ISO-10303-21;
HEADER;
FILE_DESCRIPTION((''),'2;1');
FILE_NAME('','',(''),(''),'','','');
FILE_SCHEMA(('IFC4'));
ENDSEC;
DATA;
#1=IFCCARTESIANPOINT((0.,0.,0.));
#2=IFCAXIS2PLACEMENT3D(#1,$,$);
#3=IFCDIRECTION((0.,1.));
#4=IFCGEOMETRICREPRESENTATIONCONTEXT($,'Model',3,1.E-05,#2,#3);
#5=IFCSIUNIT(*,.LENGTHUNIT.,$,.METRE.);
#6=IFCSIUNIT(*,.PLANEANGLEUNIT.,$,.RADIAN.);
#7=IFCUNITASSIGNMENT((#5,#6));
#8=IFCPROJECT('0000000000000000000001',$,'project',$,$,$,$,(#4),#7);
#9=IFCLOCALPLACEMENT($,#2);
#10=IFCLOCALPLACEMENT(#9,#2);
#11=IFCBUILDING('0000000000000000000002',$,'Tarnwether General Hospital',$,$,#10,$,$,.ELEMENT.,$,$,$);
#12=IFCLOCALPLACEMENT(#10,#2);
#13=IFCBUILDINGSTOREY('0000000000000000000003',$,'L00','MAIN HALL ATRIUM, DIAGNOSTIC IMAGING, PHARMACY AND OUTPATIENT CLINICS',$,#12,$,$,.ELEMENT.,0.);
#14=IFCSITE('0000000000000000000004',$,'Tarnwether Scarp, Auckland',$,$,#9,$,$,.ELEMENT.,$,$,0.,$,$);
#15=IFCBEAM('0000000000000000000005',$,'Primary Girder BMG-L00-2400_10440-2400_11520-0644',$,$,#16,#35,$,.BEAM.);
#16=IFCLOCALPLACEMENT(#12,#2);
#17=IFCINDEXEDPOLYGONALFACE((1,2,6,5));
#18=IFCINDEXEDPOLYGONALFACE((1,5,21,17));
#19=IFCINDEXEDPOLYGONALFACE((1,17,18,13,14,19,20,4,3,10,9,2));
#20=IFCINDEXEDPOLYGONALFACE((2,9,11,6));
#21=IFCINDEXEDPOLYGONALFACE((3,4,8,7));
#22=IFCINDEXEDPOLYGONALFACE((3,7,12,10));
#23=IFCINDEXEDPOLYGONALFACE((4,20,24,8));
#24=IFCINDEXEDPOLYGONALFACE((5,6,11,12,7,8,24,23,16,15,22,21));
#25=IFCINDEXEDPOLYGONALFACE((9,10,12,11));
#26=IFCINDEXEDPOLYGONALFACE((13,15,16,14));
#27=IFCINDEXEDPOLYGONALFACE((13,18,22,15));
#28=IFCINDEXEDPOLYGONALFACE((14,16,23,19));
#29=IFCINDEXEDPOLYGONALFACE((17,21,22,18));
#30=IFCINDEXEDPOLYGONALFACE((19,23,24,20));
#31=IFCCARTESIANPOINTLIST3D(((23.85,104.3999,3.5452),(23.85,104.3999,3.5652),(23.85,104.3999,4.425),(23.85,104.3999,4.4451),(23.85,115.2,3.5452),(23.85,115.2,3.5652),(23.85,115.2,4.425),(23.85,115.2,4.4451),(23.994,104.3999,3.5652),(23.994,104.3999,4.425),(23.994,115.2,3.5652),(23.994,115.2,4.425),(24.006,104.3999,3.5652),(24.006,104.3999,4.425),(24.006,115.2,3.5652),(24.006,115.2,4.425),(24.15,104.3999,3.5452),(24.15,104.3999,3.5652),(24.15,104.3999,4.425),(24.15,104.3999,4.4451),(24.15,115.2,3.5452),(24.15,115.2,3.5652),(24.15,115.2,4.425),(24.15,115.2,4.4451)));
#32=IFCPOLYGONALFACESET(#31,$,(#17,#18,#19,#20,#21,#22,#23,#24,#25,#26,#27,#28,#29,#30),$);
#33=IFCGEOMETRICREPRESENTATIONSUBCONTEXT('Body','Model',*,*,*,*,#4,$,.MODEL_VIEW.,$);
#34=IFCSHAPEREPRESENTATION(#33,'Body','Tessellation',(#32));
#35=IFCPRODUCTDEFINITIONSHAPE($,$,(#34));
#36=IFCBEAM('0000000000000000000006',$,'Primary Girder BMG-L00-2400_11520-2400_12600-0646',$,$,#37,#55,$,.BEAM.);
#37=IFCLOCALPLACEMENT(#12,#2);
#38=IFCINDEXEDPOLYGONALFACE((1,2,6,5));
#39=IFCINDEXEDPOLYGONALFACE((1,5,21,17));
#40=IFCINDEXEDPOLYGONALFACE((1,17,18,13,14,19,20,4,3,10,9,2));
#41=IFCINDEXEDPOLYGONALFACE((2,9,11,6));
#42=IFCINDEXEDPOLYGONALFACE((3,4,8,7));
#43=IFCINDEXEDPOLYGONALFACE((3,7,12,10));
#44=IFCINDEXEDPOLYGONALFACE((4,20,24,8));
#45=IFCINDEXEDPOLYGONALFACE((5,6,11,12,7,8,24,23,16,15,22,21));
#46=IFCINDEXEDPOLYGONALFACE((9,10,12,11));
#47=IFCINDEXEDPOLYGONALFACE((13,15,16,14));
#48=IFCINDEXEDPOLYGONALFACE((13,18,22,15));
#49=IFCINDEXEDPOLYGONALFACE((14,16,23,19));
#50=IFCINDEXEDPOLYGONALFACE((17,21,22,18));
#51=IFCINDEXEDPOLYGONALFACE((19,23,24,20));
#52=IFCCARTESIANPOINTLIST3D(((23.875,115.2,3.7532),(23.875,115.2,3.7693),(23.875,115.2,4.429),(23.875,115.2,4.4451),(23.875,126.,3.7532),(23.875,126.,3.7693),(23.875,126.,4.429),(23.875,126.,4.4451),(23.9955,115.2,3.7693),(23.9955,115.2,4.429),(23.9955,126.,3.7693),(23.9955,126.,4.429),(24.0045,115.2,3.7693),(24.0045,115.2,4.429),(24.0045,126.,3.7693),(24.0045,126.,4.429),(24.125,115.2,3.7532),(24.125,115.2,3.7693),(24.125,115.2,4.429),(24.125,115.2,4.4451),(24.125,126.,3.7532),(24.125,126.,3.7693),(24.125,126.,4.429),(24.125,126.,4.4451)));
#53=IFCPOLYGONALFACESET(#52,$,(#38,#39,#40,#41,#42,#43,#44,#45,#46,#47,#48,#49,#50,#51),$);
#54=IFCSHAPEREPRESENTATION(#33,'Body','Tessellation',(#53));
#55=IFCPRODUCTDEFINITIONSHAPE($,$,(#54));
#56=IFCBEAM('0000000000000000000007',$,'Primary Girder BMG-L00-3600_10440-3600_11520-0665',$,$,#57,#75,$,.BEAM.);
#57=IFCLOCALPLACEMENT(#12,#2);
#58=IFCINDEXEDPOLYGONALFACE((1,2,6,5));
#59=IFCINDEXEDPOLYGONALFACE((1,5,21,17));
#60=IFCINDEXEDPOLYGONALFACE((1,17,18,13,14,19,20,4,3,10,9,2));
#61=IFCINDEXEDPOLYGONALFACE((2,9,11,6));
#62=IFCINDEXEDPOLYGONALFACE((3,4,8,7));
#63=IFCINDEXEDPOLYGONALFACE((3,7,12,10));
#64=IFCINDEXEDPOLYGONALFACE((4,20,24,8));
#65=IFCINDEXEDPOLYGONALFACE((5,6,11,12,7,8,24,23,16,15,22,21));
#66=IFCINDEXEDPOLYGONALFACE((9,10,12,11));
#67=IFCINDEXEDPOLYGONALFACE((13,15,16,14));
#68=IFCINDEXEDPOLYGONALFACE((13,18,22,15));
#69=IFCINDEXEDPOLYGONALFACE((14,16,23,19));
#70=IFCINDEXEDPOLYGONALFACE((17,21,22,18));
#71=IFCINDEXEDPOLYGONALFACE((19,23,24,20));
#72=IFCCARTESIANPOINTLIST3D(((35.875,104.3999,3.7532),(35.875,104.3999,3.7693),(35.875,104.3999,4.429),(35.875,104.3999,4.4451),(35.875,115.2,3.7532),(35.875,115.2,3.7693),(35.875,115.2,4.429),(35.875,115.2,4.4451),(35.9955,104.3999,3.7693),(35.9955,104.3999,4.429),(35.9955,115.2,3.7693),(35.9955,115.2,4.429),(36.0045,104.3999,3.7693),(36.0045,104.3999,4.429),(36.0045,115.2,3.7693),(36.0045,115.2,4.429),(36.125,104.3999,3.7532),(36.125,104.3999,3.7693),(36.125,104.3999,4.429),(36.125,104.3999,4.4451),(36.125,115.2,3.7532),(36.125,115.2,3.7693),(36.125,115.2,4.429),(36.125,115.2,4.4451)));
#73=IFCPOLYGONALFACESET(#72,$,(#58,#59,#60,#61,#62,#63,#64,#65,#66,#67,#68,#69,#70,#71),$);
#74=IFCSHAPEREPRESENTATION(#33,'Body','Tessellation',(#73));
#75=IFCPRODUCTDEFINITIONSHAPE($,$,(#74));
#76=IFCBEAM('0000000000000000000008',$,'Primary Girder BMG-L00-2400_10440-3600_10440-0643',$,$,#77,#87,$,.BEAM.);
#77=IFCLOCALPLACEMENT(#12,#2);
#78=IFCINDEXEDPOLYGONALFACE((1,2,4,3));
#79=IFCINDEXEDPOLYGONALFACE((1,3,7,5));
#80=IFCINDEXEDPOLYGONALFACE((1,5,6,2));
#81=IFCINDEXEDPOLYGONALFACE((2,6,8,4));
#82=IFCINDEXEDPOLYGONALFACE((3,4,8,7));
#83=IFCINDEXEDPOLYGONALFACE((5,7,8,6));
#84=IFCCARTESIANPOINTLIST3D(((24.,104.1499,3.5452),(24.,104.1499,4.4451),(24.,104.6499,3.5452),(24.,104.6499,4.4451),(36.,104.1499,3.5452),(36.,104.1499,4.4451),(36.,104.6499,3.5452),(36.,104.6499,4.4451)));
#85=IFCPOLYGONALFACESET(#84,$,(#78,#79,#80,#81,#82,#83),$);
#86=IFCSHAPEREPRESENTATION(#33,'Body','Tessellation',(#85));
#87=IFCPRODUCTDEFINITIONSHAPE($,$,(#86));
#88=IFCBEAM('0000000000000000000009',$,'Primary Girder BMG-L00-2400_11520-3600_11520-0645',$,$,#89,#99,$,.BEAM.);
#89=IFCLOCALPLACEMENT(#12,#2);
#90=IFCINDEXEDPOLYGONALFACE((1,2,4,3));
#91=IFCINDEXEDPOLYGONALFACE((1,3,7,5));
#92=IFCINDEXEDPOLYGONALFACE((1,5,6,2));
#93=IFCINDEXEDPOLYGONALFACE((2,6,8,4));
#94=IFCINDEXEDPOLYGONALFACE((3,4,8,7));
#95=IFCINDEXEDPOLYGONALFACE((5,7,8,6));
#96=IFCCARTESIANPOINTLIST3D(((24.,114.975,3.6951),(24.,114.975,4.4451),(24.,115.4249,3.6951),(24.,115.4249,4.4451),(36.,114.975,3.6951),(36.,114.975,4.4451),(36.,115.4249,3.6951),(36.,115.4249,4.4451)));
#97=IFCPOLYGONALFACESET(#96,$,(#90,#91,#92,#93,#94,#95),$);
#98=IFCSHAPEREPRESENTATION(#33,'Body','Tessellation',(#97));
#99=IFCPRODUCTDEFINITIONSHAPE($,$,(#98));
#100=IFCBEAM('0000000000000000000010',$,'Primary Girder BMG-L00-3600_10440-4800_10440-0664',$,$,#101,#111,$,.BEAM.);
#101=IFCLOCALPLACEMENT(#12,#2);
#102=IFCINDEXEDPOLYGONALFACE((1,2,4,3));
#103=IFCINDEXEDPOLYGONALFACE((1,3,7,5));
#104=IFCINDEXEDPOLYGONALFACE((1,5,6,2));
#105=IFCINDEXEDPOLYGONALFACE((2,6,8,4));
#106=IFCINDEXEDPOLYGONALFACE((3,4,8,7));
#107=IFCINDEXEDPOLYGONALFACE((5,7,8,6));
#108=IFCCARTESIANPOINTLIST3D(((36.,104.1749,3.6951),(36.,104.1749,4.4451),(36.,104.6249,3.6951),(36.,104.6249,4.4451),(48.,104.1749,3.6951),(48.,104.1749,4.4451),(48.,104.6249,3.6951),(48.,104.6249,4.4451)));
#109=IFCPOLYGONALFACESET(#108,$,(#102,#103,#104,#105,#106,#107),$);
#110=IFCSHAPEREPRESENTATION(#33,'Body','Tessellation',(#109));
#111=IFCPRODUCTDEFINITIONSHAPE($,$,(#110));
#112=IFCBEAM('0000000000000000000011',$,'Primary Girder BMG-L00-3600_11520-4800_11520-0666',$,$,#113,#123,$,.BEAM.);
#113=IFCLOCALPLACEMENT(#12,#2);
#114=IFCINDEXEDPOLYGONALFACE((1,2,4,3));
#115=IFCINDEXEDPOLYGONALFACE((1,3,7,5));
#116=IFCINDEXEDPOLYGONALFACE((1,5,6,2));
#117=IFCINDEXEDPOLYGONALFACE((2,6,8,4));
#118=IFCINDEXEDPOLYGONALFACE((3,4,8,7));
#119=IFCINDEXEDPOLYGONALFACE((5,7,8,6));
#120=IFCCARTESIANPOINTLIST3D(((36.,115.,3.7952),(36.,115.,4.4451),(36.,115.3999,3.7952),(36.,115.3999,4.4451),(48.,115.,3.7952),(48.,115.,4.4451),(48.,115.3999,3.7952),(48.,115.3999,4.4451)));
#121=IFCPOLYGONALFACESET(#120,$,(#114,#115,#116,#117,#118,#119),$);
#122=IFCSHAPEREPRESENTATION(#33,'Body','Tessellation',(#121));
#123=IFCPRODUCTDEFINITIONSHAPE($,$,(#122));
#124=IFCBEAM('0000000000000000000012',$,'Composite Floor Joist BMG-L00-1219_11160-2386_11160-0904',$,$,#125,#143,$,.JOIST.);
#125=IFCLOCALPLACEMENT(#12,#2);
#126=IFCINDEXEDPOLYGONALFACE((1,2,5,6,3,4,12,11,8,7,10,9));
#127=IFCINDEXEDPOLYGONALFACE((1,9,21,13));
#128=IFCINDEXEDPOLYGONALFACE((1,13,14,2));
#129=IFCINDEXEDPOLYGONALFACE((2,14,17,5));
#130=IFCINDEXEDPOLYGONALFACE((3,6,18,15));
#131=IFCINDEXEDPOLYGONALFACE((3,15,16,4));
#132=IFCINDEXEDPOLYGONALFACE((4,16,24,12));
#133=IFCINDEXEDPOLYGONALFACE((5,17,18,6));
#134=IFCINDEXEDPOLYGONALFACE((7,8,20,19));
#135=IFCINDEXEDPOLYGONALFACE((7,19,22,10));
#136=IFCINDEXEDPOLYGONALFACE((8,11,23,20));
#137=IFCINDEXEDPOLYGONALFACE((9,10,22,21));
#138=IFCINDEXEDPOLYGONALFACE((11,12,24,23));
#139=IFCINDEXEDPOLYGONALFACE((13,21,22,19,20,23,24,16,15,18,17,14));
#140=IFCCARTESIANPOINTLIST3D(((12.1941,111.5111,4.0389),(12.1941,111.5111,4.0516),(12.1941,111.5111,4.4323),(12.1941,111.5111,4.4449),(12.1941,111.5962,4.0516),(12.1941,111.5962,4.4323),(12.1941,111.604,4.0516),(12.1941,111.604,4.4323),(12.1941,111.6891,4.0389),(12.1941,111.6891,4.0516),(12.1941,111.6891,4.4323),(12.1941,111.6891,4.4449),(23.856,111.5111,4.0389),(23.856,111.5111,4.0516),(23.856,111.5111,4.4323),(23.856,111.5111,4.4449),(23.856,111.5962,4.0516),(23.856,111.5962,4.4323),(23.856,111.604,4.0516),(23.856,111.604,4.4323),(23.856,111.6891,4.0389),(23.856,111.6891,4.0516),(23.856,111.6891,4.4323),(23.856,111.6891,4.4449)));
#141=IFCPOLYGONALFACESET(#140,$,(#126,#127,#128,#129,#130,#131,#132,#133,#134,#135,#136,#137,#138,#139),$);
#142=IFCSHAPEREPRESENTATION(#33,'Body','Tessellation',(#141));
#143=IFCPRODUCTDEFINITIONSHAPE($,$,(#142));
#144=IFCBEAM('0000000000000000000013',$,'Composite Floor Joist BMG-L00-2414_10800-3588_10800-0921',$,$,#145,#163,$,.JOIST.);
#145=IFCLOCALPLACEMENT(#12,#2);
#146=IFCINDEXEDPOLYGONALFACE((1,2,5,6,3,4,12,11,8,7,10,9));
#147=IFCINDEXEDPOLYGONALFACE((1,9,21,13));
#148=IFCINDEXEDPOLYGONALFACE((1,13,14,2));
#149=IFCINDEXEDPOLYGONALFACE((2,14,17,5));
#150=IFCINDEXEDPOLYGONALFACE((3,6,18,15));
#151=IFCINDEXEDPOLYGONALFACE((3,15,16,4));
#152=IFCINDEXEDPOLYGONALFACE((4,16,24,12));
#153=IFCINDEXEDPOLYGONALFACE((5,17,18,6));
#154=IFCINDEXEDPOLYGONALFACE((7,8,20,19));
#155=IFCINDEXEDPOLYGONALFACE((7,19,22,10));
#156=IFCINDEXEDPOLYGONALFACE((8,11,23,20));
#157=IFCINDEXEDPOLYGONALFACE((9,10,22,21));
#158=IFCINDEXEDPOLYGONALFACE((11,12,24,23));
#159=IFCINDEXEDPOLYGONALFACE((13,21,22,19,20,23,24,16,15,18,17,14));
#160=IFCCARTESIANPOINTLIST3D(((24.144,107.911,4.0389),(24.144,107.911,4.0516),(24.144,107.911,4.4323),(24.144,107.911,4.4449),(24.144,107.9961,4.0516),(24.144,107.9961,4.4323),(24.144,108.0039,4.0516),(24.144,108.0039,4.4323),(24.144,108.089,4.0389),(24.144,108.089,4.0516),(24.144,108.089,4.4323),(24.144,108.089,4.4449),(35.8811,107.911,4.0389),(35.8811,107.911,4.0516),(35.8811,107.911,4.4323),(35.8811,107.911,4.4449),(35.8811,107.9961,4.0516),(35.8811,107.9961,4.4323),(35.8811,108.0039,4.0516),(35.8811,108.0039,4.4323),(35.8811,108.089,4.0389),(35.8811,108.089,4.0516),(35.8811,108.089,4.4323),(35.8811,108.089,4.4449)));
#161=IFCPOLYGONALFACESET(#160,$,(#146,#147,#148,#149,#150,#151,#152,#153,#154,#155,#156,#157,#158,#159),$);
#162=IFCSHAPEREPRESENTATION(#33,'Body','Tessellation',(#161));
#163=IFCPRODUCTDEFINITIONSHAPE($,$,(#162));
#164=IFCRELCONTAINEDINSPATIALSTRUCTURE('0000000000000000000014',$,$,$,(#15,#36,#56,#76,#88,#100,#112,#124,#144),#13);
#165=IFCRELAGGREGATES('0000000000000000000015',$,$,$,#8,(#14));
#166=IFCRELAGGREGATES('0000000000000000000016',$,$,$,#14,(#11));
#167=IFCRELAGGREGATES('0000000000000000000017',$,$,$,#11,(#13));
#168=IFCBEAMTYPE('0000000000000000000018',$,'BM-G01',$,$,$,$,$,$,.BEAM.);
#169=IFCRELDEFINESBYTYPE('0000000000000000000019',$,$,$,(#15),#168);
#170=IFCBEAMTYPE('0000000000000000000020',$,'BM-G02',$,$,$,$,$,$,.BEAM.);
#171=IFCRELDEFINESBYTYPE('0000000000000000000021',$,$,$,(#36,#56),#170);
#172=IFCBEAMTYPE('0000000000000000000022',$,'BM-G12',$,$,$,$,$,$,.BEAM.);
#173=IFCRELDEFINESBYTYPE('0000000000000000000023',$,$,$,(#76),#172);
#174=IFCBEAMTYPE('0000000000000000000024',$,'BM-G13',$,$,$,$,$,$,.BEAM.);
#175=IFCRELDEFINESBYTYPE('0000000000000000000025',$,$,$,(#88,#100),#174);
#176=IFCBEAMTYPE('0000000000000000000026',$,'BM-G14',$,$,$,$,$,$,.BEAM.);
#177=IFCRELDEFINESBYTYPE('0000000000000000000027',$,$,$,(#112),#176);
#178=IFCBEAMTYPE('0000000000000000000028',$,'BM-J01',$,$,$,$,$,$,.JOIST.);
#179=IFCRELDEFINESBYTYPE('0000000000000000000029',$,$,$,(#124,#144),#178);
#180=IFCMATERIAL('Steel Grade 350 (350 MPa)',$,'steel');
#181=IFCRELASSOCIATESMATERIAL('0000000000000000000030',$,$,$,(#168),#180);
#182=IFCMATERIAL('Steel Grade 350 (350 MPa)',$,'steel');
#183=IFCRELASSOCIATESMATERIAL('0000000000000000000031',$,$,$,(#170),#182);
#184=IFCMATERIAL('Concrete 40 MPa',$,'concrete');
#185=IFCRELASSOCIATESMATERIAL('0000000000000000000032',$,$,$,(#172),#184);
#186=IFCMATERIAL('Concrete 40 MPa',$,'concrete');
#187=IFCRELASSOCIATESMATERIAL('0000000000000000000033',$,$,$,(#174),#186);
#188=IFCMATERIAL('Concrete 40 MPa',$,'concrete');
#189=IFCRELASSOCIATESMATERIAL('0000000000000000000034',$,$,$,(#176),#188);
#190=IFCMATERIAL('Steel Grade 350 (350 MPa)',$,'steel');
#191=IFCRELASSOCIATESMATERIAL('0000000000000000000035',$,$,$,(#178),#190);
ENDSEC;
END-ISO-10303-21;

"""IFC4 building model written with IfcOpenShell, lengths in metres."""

from ifc_helpers import new_model, si_unit, direction, frame, origin, origin_2d, place, context, subcontext, project, spatial, rectangle, i_section, extrude, material, material_profile, profile_set, type_object, element, save


model = new_model("IFC4")

# Units and contexts
model_context = context("Model", 3, precision=1e-05, world=origin(), true_north=direction((0.0, 1.0)))
body_context = subcontext(model_context, "Body", "Model", "MODEL_VIEW")
ifc_project = project(units=[si_unit("LENGTHUNIT", "METRE"), si_unit("PLANEANGLEUNIT", "RADIAN")], contexts=[model_context])

# Site, building, storey
site_placement = place(None, origin())
site = spatial("IfcSite", under=ifc_project, at=site_placement, Name="Tarnwether Scarp, Auckland", CompositionType="ELEMENT", RefElevation=0.0)
building_placement = place(site_placement, origin())
building = spatial("IfcBuilding", under=site, at=building_placement, Name="Tarnwether General Hospital", CompositionType="ELEMENT")
storey_placement = place(building_placement, origin())
storey = spatial("IfcBuildingStorey", under=building, at=storey_placement, Name="L00", Description="MAIN HALL ATRIUM, DIAGNOSTIC IMAGING, PHARMACY AND OUTPATIENT CLINICS", CompositionType="ELEMENT", Elevation=0.0)

# Beams
ifc_material_1 = material(Name="Steel Grade 350 (350 MPa)", Category="steel")
ifc_material_profile_1 = material_profile(ifc_material_1, i_section(OverallWidth=0.3, OverallDepth=0.8999, WebThickness=0.012, FlangeThickness=0.02, at=origin_2d()), Name="900WB175")
ifc_profile_set_1 = profile_set([ifc_material_profile_1], Name="Steel Grade 350 (350 MPa)")
beam_type_1 = type_object("IfcBeamType", Name="BM-G01", PredefinedType="BEAM", material=ifc_profile_set_1)
beam_1_placement = place(storey_placement, frame((24.0, 104.3999, 3.9951), z_axis=(0.0, 1.0, 0.0), x_axis=(-1.0, 0.0, 0.0)))
element("IfcBeam", 1, at=beam_1_placement, inside=storey, type_object=beam_type_1, Name="Primary Girder BMG-L00-2400_10440-2400_11520-0644", PredefinedType="BEAM", context=body_context, shape_type="SweptSolid", body=[
    extrude(i_section(OverallWidth=0.3, OverallDepth=0.8999, WebThickness=0.012, FlangeThickness=0.02, at=origin_2d()), origin(), (0.0, 0.0, 1.0), 10.8),
])
ifc_material_2 = material(Name="Steel Grade 350 (350 MPa)", Category="steel")
ifc_material_profile_2 = material_profile(ifc_material_2, i_section(OverallWidth=0.25, OverallDepth=0.6919, WebThickness=0.009, FlangeThickness=0.0161, at=origin_2d()), Name="700WB115")
ifc_profile_set_2 = profile_set([ifc_material_profile_2], Name="Steel Grade 350 (350 MPa)")
beam_type_2 = type_object("IfcBeamType", Name="BM-G02", PredefinedType="BEAM", material=ifc_profile_set_2)
for number, where, z_axis, x_axis, name in (
    (2, (24.0, 115.2, 4.0991), (0.0, 1.0, 0.0), (-1.0, 0.0, 0.0), "Primary Girder BMG-L00-2400_11520-2400_12600-0646"),
    (3, (36.0, 104.3999, 4.0991), (0.0, 1.0, 0.0), (-1.0, 0.0, 0.0), "Primary Girder BMG-L00-3600_10440-3600_11520-0665"),
):
    element("IfcBeam", number, at=place(storey_placement, frame(where, z_axis=z_axis, x_axis=x_axis)), inside=storey, type_object=beam_type_2, Name=name, PredefinedType="BEAM", context=body_context, shape_type="SweptSolid", body=[
        extrude(i_section(OverallWidth=0.25, OverallDepth=0.6919, WebThickness=0.009, FlangeThickness=0.0161, at=origin_2d()), origin(), (0.0, 0.0, 1.0), 10.8),
    ])
ifc_material_3 = material(Name="Concrete 40 MPa", Category="concrete")
ifc_material_profile_3 = material_profile(ifc_material_3, rectangle(XDim=0.5, YDim=0.8999, at=origin_2d()), Name="RC-BM-500x900")
ifc_profile_set_3 = profile_set([ifc_material_profile_3], Name="Concrete 40 MPa")
beam_type_3 = type_object("IfcBeamType", Name="BM-G12", PredefinedType="BEAM", material=ifc_profile_set_3)
beam_2_placement = place(storey_placement, frame((24.0, 104.3999, 3.9951), z_axis=(1.0, 0.0, 0.0), x_axis=(0.0, 1.0, 0.0)))
element("IfcBeam", 4, at=beam_2_placement, inside=storey, type_object=beam_type_3, Name="Primary Girder BMG-L00-2400_10440-3600_10440-0643", PredefinedType="BEAM", context=body_context, shape_type="SweptSolid", body=[
    extrude(rectangle(XDim=0.5, YDim=0.8999, at=origin_2d()), origin(), (0.0, 0.0, 1.0), 12.0),
])
ifc_material_4 = material(Name="Concrete 40 MPa", Category="concrete")
ifc_material_profile_4 = material_profile(ifc_material_4, rectangle(XDim=0.45, YDim=0.75, at=origin_2d()), Name="RC-BM-450x750")
ifc_profile_set_4 = profile_set([ifc_material_profile_4], Name="Concrete 40 MPa")
beam_type_4 = type_object("IfcBeamType", Name="BM-G13", PredefinedType="BEAM", material=ifc_profile_set_4)
for number, where, z_axis, x_axis, name in (
    (5, (24.0, 115.2, 4.0701), (1.0, 0.0, 0.0), (0.0, 1.0, 0.0), "Primary Girder BMG-L00-2400_11520-3600_11520-0645"),
    (6, (36.0, 104.3999, 4.0701), (1.0, 0.0, 0.0), (0.0, 1.0, 0.0), "Primary Girder BMG-L00-3600_10440-4800_10440-0664"),
):
    element("IfcBeam", number, at=place(storey_placement, frame(where, z_axis=z_axis, x_axis=x_axis)), inside=storey, type_object=beam_type_4, Name=name, PredefinedType="BEAM", context=body_context, shape_type="SweptSolid", body=[
        extrude(rectangle(XDim=0.45, YDim=0.75, at=origin_2d()), origin(), (0.0, 0.0, 1.0), 12.0),
    ])
ifc_material_5 = material(Name="Concrete 40 MPa", Category="concrete")
ifc_material_profile_5 = material_profile(ifc_material_5, rectangle(XDim=0.3999, YDim=0.6499, at=origin_2d()), Name="RC-BM-400x650")
ifc_profile_set_5 = profile_set([ifc_material_profile_5], Name="Concrete 40 MPa")
beam_type_5 = type_object("IfcBeamType", Name="BM-G14", PredefinedType="BEAM", material=ifc_profile_set_5)
beam_3_placement = place(storey_placement, frame((36.0, 115.2, 4.1201), z_axis=(1.0, 0.0, 0.0), x_axis=(0.0, 1.0, 0.0)))
element("IfcBeam", 7, at=beam_3_placement, inside=storey, type_object=beam_type_5, Name="Primary Girder BMG-L00-3600_11520-4800_11520-0666", PredefinedType="BEAM", context=body_context, shape_type="SweptSolid", body=[
    extrude(rectangle(XDim=0.3999, YDim=0.6499, at=origin_2d()), origin(), (0.0, 0.0, 1.0), 12.0),
])
ifc_material_6 = material(Name="Steel Grade 350 (350 MPa)", Category="steel")
ifc_material_profile_6 = material_profile(ifc_material_6, i_section(OverallWidth=0.178, OverallDepth=0.406, WebThickness=0.0078, FlangeThickness=0.0127, at=origin_2d()), Name="410UB59.7")
ifc_profile_set_6 = profile_set([ifc_material_profile_6], Name="Steel Grade 350 (350 MPa)")
beam_type_6 = type_object("IfcBeamType", Name="BM-J01", PredefinedType="JOIST", material=ifc_profile_set_6)
beam_4_placement = place(storey_placement, frame((12.1941, 111.6001, 4.2419), z_axis=(1.0, 0.0, 0.0), x_axis=(0.0, 1.0, 0.0)))
element("IfcBeam", 8, at=beam_4_placement, inside=storey, type_object=beam_type_6, Name="Composite Floor Joist BMG-L00-1219_11160-2386_11160-0904", PredefinedType="JOIST", context=body_context, shape_type="SweptSolid", body=[
    extrude(i_section(OverallWidth=0.178, OverallDepth=0.406, WebThickness=0.0078, FlangeThickness=0.0127, at=origin_2d()), origin(), (0.0, 0.0, 1.0), 11.6619),
])
beam_5_placement = place(storey_placement, frame((24.144, 108.0, 4.2419), z_axis=(1.0, 0.0, 0.0), x_axis=(0.0, 1.0, 0.0)))
element("IfcBeam", 9, at=beam_5_placement, inside=storey, type_object=beam_type_6, Name="Composite Floor Joist BMG-L00-2414_10800-3588_10800-0921", PredefinedType="JOIST", context=body_context, shape_type="SweptSolid", body=[
    extrude(i_section(OverallWidth=0.178, OverallDepth=0.406, WebThickness=0.0078, FlangeThickness=0.0127, at=origin_2d()), origin(), (0.0, 0.0, 1.0), 11.7371),
])

save(model, "model.ifc")
